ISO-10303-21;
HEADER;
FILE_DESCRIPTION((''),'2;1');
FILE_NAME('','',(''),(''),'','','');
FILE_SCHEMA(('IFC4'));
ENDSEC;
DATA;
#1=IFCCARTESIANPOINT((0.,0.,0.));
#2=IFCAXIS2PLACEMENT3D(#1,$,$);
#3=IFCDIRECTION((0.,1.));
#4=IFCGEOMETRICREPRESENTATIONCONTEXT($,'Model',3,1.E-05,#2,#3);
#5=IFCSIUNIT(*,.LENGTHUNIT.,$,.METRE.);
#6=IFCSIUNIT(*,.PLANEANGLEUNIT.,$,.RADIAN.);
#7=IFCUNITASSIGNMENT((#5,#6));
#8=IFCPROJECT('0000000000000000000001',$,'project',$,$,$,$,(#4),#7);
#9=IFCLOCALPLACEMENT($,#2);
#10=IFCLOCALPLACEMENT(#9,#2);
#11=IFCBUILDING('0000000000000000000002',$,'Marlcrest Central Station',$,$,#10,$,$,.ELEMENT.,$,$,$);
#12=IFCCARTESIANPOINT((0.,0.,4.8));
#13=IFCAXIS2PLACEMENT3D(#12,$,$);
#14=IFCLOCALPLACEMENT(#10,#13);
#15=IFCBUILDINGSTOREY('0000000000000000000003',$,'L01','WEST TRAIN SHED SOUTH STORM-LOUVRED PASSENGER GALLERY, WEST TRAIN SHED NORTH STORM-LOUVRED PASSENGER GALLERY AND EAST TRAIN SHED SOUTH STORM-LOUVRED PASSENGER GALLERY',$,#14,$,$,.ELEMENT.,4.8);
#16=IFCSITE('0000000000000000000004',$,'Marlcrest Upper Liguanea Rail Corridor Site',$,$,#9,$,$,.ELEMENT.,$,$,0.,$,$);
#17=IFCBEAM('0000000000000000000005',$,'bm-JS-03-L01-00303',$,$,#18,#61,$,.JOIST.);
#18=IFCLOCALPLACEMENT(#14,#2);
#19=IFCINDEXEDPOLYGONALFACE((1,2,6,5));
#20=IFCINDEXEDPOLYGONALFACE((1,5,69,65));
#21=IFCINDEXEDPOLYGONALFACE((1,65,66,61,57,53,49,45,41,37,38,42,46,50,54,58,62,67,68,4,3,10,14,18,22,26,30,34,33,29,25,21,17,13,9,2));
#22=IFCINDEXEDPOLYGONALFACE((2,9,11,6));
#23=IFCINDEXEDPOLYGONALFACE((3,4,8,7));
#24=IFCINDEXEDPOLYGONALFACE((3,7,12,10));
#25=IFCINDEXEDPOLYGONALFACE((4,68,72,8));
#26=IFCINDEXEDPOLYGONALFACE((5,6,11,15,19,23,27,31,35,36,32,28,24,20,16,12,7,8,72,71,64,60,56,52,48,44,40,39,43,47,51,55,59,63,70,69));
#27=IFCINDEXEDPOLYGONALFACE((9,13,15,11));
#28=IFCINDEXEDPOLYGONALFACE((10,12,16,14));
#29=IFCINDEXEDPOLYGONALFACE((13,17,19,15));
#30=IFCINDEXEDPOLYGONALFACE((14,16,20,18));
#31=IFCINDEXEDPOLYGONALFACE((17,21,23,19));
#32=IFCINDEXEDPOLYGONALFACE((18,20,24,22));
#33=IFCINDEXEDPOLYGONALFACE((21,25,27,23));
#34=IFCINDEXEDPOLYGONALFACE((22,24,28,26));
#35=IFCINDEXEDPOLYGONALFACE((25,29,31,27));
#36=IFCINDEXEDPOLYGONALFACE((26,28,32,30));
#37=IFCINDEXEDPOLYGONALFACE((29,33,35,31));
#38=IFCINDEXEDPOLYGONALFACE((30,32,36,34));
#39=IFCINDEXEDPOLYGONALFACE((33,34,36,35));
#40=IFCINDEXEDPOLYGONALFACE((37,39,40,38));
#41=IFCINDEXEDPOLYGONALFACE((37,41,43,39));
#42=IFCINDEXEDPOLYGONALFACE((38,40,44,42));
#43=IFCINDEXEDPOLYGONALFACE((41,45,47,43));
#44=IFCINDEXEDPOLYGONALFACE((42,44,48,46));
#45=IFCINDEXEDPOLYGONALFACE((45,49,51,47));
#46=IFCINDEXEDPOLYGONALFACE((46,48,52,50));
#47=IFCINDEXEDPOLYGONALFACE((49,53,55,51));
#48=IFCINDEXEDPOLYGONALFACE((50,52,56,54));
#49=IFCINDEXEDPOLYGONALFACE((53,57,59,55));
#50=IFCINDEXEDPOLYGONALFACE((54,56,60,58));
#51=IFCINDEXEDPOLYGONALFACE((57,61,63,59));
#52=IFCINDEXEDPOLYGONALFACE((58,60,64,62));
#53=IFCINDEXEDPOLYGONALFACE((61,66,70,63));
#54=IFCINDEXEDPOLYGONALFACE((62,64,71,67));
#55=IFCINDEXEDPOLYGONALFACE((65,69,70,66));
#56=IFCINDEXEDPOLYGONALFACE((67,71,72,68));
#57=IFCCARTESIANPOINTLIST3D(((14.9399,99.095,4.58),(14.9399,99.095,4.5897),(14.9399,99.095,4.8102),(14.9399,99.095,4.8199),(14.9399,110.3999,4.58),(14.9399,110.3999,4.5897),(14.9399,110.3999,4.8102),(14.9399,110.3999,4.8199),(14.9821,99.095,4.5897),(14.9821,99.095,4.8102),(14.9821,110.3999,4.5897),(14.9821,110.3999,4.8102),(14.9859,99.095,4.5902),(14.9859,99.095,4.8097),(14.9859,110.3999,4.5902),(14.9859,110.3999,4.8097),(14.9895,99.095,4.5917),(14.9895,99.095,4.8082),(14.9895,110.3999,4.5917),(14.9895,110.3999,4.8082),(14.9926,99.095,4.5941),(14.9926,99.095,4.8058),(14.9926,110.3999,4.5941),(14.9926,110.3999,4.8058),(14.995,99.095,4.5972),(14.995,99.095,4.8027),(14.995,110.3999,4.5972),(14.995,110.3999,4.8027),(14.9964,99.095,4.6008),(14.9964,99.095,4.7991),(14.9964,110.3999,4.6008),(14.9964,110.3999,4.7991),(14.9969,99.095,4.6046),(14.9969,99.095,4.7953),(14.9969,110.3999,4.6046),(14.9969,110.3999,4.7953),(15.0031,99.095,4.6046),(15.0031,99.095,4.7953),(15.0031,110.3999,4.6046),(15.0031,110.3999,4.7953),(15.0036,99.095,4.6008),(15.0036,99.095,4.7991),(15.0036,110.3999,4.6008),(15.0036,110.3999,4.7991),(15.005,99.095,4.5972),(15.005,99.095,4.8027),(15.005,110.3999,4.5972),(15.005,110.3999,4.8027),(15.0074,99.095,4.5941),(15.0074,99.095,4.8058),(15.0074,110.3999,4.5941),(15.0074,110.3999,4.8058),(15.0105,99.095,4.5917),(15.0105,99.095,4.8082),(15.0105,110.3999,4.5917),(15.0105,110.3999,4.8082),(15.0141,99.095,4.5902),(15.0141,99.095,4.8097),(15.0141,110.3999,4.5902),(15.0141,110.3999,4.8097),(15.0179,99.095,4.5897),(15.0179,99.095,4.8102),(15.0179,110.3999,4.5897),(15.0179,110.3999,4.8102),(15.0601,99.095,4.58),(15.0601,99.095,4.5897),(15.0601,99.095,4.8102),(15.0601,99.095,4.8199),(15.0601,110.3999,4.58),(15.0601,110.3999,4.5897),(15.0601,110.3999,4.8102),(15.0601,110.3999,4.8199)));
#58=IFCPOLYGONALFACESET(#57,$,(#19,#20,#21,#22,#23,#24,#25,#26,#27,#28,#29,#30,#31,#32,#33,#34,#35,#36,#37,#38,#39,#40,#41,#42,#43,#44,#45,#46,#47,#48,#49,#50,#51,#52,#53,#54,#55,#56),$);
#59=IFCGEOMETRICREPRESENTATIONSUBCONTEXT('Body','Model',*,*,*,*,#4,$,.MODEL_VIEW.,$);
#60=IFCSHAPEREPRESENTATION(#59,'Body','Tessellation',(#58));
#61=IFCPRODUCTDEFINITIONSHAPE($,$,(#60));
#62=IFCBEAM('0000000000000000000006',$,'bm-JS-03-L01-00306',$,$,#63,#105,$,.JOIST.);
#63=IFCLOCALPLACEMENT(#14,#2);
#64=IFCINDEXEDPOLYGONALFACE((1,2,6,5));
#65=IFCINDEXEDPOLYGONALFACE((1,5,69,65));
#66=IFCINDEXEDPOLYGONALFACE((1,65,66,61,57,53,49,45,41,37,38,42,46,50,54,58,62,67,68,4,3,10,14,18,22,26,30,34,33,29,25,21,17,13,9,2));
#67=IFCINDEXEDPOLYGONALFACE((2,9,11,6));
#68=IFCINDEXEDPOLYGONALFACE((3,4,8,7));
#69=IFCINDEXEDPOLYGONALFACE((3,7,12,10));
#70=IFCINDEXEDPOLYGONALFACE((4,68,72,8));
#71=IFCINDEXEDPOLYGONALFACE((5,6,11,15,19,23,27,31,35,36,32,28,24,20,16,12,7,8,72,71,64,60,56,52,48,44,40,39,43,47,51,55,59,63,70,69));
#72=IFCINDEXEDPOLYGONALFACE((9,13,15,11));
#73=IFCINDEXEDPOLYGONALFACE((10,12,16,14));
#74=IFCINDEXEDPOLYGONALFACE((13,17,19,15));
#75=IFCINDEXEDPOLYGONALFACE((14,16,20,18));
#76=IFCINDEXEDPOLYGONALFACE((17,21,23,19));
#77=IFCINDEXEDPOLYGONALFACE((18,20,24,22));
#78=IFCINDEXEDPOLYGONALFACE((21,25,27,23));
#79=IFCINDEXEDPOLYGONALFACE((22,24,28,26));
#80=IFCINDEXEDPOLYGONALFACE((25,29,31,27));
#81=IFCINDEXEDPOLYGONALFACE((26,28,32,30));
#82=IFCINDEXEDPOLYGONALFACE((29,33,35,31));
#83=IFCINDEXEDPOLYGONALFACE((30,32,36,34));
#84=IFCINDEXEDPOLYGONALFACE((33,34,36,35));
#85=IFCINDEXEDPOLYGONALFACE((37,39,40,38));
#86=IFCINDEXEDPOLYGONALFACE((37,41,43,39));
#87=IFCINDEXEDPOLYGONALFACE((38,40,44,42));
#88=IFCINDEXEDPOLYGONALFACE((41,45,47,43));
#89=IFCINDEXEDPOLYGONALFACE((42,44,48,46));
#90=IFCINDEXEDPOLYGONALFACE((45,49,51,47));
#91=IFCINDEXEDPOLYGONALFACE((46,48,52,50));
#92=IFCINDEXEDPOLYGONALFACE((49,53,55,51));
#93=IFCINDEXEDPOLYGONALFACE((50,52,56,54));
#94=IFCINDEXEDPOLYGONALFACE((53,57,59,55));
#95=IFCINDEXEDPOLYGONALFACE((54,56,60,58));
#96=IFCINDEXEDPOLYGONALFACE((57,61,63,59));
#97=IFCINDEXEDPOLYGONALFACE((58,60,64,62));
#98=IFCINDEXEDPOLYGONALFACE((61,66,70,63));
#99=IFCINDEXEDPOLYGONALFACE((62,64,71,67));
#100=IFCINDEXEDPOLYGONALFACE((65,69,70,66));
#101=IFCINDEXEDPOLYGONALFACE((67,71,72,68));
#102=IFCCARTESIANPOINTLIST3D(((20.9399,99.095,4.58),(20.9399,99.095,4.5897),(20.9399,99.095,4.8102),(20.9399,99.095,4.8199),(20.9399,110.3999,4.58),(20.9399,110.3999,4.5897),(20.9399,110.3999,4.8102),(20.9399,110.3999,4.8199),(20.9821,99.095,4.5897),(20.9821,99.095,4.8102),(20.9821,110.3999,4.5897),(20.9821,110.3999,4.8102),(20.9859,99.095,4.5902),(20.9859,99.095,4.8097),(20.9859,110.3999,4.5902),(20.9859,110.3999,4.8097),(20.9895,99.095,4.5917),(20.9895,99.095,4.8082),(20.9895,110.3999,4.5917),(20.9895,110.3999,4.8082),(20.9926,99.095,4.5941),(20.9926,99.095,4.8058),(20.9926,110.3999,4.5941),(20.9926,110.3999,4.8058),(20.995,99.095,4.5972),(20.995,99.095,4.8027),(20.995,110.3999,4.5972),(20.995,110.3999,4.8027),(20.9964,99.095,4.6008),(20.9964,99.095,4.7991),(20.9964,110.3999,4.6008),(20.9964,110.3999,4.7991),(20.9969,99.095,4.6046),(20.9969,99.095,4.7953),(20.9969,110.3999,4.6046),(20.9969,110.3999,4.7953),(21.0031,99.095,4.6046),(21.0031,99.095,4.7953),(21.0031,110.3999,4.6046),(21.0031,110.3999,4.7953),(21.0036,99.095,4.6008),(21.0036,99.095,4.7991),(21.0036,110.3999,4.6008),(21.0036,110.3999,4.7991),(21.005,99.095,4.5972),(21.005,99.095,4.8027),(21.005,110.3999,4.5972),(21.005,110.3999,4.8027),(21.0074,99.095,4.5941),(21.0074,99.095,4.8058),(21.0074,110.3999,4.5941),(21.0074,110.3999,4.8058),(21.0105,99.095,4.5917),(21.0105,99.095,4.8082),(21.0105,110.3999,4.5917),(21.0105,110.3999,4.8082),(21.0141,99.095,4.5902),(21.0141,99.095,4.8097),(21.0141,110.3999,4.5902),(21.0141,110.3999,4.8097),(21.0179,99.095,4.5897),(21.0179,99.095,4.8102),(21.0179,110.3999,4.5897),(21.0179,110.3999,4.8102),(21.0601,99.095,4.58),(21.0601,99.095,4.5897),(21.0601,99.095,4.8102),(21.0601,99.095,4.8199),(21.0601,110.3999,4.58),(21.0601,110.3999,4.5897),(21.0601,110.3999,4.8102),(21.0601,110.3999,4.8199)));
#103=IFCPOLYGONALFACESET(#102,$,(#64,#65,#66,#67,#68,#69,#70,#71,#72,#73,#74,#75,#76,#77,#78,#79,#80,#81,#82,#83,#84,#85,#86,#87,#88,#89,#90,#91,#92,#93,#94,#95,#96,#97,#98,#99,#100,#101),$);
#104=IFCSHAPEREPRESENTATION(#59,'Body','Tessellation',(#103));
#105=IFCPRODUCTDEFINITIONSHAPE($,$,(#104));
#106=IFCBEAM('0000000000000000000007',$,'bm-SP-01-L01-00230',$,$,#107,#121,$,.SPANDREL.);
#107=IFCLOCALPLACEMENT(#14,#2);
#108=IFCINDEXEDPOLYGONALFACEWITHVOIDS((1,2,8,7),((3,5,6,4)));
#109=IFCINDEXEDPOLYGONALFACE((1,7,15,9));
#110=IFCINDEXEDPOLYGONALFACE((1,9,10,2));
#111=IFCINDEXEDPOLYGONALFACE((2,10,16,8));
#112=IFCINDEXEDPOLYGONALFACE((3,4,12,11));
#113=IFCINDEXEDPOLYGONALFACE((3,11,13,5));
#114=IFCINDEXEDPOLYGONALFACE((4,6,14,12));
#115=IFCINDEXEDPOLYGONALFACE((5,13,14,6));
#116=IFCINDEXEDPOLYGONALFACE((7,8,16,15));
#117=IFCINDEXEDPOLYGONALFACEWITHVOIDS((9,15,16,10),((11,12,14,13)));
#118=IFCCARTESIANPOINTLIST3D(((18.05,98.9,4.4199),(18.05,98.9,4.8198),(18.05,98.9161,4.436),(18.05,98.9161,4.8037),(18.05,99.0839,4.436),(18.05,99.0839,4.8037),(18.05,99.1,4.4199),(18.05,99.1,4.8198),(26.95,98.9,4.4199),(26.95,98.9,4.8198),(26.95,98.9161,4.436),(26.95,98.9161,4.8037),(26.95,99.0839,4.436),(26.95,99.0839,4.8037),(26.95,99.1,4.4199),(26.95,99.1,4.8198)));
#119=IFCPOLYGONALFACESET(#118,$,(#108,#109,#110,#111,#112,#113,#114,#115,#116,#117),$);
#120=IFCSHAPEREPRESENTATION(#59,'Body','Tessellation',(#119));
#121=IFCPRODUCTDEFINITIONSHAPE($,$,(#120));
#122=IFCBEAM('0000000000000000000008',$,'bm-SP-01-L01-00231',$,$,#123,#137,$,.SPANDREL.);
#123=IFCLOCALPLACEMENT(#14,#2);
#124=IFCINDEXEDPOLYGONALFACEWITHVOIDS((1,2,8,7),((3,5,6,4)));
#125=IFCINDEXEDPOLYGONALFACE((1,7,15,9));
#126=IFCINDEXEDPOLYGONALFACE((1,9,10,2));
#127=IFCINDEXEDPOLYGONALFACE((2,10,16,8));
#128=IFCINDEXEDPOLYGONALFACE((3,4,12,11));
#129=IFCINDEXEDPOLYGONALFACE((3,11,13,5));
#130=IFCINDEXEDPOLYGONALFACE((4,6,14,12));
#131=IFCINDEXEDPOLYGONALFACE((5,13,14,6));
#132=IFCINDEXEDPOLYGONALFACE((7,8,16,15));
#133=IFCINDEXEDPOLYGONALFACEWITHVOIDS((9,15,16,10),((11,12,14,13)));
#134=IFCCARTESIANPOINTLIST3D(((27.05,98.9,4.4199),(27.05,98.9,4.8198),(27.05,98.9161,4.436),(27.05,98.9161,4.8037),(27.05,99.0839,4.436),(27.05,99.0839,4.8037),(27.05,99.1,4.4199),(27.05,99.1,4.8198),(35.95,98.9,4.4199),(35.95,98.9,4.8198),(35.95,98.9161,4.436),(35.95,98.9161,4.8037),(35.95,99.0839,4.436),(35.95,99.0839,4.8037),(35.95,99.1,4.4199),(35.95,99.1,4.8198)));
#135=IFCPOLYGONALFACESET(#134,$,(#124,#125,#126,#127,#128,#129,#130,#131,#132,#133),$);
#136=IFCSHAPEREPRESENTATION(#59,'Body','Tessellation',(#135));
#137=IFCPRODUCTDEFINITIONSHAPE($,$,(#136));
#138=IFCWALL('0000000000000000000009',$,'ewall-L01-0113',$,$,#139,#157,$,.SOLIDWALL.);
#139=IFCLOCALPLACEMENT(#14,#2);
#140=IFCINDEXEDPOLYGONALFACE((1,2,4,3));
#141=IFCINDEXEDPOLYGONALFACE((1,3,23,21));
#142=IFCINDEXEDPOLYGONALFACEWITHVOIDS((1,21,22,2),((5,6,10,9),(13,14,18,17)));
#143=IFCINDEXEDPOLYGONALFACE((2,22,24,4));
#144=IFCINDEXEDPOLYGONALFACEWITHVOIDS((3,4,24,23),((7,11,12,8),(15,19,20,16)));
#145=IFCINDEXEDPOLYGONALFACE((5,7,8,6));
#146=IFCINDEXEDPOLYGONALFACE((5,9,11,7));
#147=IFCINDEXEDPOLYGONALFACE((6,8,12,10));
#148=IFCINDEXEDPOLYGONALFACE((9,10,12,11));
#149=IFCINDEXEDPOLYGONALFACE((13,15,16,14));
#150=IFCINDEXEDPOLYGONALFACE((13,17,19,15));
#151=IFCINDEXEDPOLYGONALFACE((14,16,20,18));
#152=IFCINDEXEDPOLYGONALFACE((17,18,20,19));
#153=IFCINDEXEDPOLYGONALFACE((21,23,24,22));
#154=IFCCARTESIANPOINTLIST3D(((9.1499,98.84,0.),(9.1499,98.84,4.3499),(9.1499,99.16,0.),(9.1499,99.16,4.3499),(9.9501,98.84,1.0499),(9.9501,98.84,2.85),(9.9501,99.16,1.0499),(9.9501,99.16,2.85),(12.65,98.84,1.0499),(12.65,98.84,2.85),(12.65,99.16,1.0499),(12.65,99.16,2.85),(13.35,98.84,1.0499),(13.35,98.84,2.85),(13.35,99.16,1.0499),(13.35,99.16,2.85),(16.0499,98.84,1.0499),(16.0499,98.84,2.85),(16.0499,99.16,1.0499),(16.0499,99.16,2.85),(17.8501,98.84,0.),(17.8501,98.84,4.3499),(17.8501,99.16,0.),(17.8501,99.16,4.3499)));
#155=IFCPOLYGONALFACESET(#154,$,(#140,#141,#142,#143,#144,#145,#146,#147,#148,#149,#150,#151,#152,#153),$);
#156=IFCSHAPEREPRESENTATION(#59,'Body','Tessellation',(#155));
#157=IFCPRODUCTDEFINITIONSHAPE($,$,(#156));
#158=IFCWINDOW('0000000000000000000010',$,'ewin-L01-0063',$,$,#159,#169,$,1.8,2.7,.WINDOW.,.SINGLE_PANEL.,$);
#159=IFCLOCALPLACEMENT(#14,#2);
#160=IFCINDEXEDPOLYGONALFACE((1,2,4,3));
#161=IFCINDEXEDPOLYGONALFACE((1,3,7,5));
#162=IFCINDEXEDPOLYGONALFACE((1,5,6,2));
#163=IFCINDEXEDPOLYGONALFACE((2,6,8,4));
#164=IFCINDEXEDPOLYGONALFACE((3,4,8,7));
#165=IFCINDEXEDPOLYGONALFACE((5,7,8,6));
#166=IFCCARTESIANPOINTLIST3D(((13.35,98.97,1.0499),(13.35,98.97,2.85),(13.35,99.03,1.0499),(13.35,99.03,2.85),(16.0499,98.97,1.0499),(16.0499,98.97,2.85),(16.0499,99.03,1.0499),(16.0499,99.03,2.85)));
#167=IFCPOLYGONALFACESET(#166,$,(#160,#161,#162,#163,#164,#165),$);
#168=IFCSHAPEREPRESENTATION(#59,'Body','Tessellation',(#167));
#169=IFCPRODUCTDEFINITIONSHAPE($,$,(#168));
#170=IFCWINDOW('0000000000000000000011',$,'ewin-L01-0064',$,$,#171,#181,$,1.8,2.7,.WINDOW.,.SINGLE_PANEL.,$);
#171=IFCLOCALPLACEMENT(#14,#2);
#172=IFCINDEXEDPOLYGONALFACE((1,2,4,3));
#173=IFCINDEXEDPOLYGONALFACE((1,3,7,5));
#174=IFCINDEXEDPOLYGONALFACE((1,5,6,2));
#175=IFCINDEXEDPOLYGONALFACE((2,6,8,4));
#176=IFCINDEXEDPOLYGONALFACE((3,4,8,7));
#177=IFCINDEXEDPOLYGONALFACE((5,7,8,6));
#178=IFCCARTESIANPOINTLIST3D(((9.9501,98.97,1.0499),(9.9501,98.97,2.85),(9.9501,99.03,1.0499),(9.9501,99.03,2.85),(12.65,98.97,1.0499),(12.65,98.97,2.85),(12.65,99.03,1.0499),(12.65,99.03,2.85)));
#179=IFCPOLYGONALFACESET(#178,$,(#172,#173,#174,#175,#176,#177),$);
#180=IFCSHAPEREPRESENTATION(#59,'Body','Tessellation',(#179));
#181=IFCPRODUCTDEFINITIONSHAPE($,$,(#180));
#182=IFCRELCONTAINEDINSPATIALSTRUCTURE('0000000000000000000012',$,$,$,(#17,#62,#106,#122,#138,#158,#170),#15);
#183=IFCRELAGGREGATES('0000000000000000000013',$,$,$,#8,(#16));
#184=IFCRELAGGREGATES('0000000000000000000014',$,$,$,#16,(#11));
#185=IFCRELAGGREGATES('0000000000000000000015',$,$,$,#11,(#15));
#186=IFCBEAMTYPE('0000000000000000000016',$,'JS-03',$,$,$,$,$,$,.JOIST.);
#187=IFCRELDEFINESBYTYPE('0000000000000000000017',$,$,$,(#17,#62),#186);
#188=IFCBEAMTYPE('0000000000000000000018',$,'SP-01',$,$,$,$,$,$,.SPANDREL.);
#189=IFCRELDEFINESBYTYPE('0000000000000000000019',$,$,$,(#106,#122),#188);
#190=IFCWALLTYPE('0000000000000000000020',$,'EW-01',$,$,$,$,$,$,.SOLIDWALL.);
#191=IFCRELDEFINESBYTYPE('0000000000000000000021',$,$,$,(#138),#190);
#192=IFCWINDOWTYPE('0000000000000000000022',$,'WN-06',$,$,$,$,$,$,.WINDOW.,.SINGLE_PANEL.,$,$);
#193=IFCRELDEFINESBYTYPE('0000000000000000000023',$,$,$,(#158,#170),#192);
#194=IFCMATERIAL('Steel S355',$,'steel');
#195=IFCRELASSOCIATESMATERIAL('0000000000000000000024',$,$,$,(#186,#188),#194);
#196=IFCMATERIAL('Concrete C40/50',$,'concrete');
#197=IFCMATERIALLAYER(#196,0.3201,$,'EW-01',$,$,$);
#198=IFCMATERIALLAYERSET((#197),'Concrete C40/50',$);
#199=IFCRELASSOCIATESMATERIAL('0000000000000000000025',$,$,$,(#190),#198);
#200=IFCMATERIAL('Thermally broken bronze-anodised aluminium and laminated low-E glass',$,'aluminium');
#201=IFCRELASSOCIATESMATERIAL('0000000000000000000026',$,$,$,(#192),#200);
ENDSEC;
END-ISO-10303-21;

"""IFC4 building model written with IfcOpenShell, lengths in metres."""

from ifc_helpers import new_model, si_unit, direction, frame, frame_2d, origin, origin_2d, place, context, subcontext, project, spatial, rectangle, hollow_rectangle, i_section, extrude, material, layer, layer_set, material_profile, profile_set, type_object, element, fill, save


model = new_model("IFC4")

# Units and contexts
model_context = context("Model", 3, precision=1e-05, world=origin(), true_north=direction((0.0, 1.0)))
body_context = subcontext(model_context, "Body", "Model", "MODEL_VIEW")
ifc_project = project(units=[si_unit("LENGTHUNIT", "METRE"), si_unit("PLANEANGLEUNIT", "RADIAN")], contexts=[model_context])

# Site, building, storey
site_placement = place(None, origin())
site = spatial("IfcSite", under=ifc_project, at=site_placement, Name="Marlcrest Upper Liguanea Rail Corridor Site", CompositionType="ELEMENT", RefElevation=0.0)
building_placement = place(site_placement, origin())
building = spatial("IfcBuilding", under=site, at=building_placement, Name="Marlcrest Central Station", CompositionType="ELEMENT")
storey_placement = place(building_placement, frame((0.0, 0.0, 4.8)))
storey = spatial("IfcBuildingStorey", under=building, at=storey_placement, Name="L01", Description="WEST TRAIN SHED SOUTH STORM-LOUVRED PASSENGER GALLERY, WEST TRAIN SHED NORTH STORM-LOUVRED PASSENGER GALLERY AND EAST TRAIN SHED SOUTH STORM-LOUVRED PASSENGER GALLERY", CompositionType="ELEMENT", Elevation=4.8)

# Shared definitions
ifc_material_1 = material(Name="Steel S355", Category="steel")

# Beams
ifc_material_profile_1 = material_profile(ifc_material_1, i_section(OverallWidth=0.1201, OverallDepth=0.24, WebThickness=0.0061, FlangeThickness=0.0098, FilletRadius=0.0149, at=origin_2d()), Name="IPE 240")
ifc_profile_set_1 = profile_set([ifc_material_profile_1], Name="Steel S355")
beam_type_1 = type_object("IfcBeamType", Name="JS-03", PredefinedType="JOIST", material=ifc_profile_set_1)
for number, where, z_axis, x_axis, name in (
    (1, (15.0, 99.095, 4.7), (0.0, 1.0, 0.0), (-1.0, 0.0, 0.0), "bm-JS-03-L01-00303"),
    (2, (21.0, 99.095, 4.7), (0.0, 1.0, 0.0), (-1.0, 0.0, 0.0), "bm-JS-03-L01-00306"),
):
    element("IfcBeam", number, at=place(storey_placement, frame(where, z_axis=z_axis, x_axis=x_axis)), inside=storey, type_object=beam_type_1, Name=name, PredefinedType="JOIST", context=body_context, shape_type="SweptSolid", body=[
        extrude(i_section(OverallWidth=0.1201, OverallDepth=0.24, WebThickness=0.0061, FlangeThickness=0.0098, FilletRadius=0.0149, at=origin_2d()), origin(), (0.0, 0.0, 1.0), 11.3049),
    ])
ifc_material_profile_2 = material_profile(ifc_material_1, hollow_rectangle(XDim=0.2, YDim=0.3999, WallThickness=0.0161, at=origin_2d()), Name="RHS 400x200x16")
ifc_profile_set_2 = profile_set([ifc_material_profile_2], Name="Steel S355")
beam_type_2 = type_object("IfcBeamType", Name="SP-01", PredefinedType="SPANDREL", material=ifc_profile_set_2)
for number, where, z_axis, x_axis, name in (
    (3, (18.05, 99.0, 4.6199), (1.0, 0.0, 0.0), (0.0, 1.0, 0.0), "bm-SP-01-L01-00230"),
    (4, (27.05, 99.0, 4.6199), (1.0, 0.0, 0.0), (0.0, 1.0, 0.0), "bm-SP-01-L01-00231"),
):
    element("IfcBeam", number, at=place(storey_placement, frame(where, z_axis=z_axis, x_axis=x_axis)), inside=storey, type_object=beam_type_2, Name=name, PredefinedType="SPANDREL", context=body_context, shape_type="SweptSolid", body=[
        extrude(hollow_rectangle(XDim=0.2, YDim=0.3999, WallThickness=0.0161, at=origin_2d()), origin(), (0.0, 0.0, 1.0), 8.8999),
    ])

# Wall, openings, windows
ifc_material_2 = material(Name="Concrete C40/50", Category="concrete")
ifc_layer = layer(ifc_material_2, 0.3201, Name="EW-01")
ifc_layer_set = layer_set([ifc_layer], Name="Concrete C40/50")
wall_type = type_object("IfcWallType", Name="EW-01", PredefinedType="SOLIDWALL", material=ifc_layer_set)
wall_1_placement = place(storey_placement, frame((17.8501, 99.0, 0.0), z_axis=(0.0, 0.0, 1.0), x_axis=(-1.0, 0.0, 0.0)))
wall_1 = element("IfcWall", 5, at=wall_1_placement, inside=storey, type_object=wall_type, Name="ewall-L01-0113", PredefinedType="SOLIDWALL", context=body_context, shape_type="SweptSolid", body=[
    extrude(rectangle(XDim=8.7002, YDim=0.3201, at=frame_2d((4.3501, 0.0))), origin(), (0.0, 0.0, 1.0), 4.3499),
])
opening_1_placement = place(wall_1_placement, frame((1.8, 0.0, 1.05)))
opening_1 = element("IfcOpeningElement", 6, at=opening_1_placement, cuts=wall_1, PredefinedType="OPENING", context=body_context, shape_type="SweptSolid", body=[
    extrude(rectangle(XDim=2.7, YDim=1.8, at=frame_2d((1.3501, 0.8999))), frame((0.0, 0.1699, 0.0), z_axis=(0.0, -1.0, 0.0), x_axis=(1.0, 0.0, 0.0)), (0.0, 0.0, 1.0), 0.3401),
])
opening_2_placement = place(wall_1_placement, frame((5.2, 0.0, 1.05)))
opening_2 = element("IfcOpeningElement", 7, at=opening_2_placement, cuts=wall_1, PredefinedType="OPENING", context=body_context, shape_type="SweptSolid", body=[
    extrude(rectangle(XDim=2.7, YDim=1.8, at=frame_2d((1.3501, 0.8999))), frame((0.0, 0.1699, 0.0), z_axis=(0.0, -1.0, 0.0), x_axis=(1.0, 0.0, 0.0)), (0.0, 0.0, 1.0), 0.3401),
])
ifc_material_3 = material(Name="Thermally broken bronze-anodised aluminium and laminated low-E glass", Category="aluminium")
window_type = type_object("IfcWindowType", Name="WN-06", PartitioningType="SINGLE_PANEL", PredefinedType="WINDOW", material=ifc_material_3)
window_1_placement = place(opening_1_placement, origin())
window_1 = element("IfcWindow", 8, at=window_1_placement, inside=storey, type_object=window_type, Name="ewin-L01-0063", OverallHeight=1.8, OverallWidth=2.7, PartitioningType="SINGLE_PANEL", PredefinedType="WINDOW", context=body_context, shape_type="SweptSolid", body=[
    extrude(rectangle(XDim=2.7, YDim=1.8, at=frame_2d((1.3501, 0.8999))), frame((0.0, 0.03, 0.0), z_axis=(0.0, -1.0, 0.0), x_axis=(1.0, 0.0, 0.0)), (0.0, 0.0, 1.0), 0.0601),
])
fill(opening_1, window_1)
window_2_placement = place(opening_2_placement, origin())
window_2 = element("IfcWindow", 9, at=window_2_placement, inside=storey, type_object=window_type, Name="ewin-L01-0064", OverallHeight=1.8, OverallWidth=2.7, PartitioningType="SINGLE_PANEL", PredefinedType="WINDOW", context=body_context, shape_type="SweptSolid", body=[
    extrude(rectangle(XDim=2.7, YDim=1.8, at=frame_2d((1.3501, 0.8999))), frame((0.0, 0.03, 0.0), z_axis=(0.0, -1.0, 0.0), x_axis=(1.0, 0.0, 0.0)), (0.0, 0.0, 1.0), 0.0601),
])
fill(opening_2, window_2)

save(model, "model.ifc")
